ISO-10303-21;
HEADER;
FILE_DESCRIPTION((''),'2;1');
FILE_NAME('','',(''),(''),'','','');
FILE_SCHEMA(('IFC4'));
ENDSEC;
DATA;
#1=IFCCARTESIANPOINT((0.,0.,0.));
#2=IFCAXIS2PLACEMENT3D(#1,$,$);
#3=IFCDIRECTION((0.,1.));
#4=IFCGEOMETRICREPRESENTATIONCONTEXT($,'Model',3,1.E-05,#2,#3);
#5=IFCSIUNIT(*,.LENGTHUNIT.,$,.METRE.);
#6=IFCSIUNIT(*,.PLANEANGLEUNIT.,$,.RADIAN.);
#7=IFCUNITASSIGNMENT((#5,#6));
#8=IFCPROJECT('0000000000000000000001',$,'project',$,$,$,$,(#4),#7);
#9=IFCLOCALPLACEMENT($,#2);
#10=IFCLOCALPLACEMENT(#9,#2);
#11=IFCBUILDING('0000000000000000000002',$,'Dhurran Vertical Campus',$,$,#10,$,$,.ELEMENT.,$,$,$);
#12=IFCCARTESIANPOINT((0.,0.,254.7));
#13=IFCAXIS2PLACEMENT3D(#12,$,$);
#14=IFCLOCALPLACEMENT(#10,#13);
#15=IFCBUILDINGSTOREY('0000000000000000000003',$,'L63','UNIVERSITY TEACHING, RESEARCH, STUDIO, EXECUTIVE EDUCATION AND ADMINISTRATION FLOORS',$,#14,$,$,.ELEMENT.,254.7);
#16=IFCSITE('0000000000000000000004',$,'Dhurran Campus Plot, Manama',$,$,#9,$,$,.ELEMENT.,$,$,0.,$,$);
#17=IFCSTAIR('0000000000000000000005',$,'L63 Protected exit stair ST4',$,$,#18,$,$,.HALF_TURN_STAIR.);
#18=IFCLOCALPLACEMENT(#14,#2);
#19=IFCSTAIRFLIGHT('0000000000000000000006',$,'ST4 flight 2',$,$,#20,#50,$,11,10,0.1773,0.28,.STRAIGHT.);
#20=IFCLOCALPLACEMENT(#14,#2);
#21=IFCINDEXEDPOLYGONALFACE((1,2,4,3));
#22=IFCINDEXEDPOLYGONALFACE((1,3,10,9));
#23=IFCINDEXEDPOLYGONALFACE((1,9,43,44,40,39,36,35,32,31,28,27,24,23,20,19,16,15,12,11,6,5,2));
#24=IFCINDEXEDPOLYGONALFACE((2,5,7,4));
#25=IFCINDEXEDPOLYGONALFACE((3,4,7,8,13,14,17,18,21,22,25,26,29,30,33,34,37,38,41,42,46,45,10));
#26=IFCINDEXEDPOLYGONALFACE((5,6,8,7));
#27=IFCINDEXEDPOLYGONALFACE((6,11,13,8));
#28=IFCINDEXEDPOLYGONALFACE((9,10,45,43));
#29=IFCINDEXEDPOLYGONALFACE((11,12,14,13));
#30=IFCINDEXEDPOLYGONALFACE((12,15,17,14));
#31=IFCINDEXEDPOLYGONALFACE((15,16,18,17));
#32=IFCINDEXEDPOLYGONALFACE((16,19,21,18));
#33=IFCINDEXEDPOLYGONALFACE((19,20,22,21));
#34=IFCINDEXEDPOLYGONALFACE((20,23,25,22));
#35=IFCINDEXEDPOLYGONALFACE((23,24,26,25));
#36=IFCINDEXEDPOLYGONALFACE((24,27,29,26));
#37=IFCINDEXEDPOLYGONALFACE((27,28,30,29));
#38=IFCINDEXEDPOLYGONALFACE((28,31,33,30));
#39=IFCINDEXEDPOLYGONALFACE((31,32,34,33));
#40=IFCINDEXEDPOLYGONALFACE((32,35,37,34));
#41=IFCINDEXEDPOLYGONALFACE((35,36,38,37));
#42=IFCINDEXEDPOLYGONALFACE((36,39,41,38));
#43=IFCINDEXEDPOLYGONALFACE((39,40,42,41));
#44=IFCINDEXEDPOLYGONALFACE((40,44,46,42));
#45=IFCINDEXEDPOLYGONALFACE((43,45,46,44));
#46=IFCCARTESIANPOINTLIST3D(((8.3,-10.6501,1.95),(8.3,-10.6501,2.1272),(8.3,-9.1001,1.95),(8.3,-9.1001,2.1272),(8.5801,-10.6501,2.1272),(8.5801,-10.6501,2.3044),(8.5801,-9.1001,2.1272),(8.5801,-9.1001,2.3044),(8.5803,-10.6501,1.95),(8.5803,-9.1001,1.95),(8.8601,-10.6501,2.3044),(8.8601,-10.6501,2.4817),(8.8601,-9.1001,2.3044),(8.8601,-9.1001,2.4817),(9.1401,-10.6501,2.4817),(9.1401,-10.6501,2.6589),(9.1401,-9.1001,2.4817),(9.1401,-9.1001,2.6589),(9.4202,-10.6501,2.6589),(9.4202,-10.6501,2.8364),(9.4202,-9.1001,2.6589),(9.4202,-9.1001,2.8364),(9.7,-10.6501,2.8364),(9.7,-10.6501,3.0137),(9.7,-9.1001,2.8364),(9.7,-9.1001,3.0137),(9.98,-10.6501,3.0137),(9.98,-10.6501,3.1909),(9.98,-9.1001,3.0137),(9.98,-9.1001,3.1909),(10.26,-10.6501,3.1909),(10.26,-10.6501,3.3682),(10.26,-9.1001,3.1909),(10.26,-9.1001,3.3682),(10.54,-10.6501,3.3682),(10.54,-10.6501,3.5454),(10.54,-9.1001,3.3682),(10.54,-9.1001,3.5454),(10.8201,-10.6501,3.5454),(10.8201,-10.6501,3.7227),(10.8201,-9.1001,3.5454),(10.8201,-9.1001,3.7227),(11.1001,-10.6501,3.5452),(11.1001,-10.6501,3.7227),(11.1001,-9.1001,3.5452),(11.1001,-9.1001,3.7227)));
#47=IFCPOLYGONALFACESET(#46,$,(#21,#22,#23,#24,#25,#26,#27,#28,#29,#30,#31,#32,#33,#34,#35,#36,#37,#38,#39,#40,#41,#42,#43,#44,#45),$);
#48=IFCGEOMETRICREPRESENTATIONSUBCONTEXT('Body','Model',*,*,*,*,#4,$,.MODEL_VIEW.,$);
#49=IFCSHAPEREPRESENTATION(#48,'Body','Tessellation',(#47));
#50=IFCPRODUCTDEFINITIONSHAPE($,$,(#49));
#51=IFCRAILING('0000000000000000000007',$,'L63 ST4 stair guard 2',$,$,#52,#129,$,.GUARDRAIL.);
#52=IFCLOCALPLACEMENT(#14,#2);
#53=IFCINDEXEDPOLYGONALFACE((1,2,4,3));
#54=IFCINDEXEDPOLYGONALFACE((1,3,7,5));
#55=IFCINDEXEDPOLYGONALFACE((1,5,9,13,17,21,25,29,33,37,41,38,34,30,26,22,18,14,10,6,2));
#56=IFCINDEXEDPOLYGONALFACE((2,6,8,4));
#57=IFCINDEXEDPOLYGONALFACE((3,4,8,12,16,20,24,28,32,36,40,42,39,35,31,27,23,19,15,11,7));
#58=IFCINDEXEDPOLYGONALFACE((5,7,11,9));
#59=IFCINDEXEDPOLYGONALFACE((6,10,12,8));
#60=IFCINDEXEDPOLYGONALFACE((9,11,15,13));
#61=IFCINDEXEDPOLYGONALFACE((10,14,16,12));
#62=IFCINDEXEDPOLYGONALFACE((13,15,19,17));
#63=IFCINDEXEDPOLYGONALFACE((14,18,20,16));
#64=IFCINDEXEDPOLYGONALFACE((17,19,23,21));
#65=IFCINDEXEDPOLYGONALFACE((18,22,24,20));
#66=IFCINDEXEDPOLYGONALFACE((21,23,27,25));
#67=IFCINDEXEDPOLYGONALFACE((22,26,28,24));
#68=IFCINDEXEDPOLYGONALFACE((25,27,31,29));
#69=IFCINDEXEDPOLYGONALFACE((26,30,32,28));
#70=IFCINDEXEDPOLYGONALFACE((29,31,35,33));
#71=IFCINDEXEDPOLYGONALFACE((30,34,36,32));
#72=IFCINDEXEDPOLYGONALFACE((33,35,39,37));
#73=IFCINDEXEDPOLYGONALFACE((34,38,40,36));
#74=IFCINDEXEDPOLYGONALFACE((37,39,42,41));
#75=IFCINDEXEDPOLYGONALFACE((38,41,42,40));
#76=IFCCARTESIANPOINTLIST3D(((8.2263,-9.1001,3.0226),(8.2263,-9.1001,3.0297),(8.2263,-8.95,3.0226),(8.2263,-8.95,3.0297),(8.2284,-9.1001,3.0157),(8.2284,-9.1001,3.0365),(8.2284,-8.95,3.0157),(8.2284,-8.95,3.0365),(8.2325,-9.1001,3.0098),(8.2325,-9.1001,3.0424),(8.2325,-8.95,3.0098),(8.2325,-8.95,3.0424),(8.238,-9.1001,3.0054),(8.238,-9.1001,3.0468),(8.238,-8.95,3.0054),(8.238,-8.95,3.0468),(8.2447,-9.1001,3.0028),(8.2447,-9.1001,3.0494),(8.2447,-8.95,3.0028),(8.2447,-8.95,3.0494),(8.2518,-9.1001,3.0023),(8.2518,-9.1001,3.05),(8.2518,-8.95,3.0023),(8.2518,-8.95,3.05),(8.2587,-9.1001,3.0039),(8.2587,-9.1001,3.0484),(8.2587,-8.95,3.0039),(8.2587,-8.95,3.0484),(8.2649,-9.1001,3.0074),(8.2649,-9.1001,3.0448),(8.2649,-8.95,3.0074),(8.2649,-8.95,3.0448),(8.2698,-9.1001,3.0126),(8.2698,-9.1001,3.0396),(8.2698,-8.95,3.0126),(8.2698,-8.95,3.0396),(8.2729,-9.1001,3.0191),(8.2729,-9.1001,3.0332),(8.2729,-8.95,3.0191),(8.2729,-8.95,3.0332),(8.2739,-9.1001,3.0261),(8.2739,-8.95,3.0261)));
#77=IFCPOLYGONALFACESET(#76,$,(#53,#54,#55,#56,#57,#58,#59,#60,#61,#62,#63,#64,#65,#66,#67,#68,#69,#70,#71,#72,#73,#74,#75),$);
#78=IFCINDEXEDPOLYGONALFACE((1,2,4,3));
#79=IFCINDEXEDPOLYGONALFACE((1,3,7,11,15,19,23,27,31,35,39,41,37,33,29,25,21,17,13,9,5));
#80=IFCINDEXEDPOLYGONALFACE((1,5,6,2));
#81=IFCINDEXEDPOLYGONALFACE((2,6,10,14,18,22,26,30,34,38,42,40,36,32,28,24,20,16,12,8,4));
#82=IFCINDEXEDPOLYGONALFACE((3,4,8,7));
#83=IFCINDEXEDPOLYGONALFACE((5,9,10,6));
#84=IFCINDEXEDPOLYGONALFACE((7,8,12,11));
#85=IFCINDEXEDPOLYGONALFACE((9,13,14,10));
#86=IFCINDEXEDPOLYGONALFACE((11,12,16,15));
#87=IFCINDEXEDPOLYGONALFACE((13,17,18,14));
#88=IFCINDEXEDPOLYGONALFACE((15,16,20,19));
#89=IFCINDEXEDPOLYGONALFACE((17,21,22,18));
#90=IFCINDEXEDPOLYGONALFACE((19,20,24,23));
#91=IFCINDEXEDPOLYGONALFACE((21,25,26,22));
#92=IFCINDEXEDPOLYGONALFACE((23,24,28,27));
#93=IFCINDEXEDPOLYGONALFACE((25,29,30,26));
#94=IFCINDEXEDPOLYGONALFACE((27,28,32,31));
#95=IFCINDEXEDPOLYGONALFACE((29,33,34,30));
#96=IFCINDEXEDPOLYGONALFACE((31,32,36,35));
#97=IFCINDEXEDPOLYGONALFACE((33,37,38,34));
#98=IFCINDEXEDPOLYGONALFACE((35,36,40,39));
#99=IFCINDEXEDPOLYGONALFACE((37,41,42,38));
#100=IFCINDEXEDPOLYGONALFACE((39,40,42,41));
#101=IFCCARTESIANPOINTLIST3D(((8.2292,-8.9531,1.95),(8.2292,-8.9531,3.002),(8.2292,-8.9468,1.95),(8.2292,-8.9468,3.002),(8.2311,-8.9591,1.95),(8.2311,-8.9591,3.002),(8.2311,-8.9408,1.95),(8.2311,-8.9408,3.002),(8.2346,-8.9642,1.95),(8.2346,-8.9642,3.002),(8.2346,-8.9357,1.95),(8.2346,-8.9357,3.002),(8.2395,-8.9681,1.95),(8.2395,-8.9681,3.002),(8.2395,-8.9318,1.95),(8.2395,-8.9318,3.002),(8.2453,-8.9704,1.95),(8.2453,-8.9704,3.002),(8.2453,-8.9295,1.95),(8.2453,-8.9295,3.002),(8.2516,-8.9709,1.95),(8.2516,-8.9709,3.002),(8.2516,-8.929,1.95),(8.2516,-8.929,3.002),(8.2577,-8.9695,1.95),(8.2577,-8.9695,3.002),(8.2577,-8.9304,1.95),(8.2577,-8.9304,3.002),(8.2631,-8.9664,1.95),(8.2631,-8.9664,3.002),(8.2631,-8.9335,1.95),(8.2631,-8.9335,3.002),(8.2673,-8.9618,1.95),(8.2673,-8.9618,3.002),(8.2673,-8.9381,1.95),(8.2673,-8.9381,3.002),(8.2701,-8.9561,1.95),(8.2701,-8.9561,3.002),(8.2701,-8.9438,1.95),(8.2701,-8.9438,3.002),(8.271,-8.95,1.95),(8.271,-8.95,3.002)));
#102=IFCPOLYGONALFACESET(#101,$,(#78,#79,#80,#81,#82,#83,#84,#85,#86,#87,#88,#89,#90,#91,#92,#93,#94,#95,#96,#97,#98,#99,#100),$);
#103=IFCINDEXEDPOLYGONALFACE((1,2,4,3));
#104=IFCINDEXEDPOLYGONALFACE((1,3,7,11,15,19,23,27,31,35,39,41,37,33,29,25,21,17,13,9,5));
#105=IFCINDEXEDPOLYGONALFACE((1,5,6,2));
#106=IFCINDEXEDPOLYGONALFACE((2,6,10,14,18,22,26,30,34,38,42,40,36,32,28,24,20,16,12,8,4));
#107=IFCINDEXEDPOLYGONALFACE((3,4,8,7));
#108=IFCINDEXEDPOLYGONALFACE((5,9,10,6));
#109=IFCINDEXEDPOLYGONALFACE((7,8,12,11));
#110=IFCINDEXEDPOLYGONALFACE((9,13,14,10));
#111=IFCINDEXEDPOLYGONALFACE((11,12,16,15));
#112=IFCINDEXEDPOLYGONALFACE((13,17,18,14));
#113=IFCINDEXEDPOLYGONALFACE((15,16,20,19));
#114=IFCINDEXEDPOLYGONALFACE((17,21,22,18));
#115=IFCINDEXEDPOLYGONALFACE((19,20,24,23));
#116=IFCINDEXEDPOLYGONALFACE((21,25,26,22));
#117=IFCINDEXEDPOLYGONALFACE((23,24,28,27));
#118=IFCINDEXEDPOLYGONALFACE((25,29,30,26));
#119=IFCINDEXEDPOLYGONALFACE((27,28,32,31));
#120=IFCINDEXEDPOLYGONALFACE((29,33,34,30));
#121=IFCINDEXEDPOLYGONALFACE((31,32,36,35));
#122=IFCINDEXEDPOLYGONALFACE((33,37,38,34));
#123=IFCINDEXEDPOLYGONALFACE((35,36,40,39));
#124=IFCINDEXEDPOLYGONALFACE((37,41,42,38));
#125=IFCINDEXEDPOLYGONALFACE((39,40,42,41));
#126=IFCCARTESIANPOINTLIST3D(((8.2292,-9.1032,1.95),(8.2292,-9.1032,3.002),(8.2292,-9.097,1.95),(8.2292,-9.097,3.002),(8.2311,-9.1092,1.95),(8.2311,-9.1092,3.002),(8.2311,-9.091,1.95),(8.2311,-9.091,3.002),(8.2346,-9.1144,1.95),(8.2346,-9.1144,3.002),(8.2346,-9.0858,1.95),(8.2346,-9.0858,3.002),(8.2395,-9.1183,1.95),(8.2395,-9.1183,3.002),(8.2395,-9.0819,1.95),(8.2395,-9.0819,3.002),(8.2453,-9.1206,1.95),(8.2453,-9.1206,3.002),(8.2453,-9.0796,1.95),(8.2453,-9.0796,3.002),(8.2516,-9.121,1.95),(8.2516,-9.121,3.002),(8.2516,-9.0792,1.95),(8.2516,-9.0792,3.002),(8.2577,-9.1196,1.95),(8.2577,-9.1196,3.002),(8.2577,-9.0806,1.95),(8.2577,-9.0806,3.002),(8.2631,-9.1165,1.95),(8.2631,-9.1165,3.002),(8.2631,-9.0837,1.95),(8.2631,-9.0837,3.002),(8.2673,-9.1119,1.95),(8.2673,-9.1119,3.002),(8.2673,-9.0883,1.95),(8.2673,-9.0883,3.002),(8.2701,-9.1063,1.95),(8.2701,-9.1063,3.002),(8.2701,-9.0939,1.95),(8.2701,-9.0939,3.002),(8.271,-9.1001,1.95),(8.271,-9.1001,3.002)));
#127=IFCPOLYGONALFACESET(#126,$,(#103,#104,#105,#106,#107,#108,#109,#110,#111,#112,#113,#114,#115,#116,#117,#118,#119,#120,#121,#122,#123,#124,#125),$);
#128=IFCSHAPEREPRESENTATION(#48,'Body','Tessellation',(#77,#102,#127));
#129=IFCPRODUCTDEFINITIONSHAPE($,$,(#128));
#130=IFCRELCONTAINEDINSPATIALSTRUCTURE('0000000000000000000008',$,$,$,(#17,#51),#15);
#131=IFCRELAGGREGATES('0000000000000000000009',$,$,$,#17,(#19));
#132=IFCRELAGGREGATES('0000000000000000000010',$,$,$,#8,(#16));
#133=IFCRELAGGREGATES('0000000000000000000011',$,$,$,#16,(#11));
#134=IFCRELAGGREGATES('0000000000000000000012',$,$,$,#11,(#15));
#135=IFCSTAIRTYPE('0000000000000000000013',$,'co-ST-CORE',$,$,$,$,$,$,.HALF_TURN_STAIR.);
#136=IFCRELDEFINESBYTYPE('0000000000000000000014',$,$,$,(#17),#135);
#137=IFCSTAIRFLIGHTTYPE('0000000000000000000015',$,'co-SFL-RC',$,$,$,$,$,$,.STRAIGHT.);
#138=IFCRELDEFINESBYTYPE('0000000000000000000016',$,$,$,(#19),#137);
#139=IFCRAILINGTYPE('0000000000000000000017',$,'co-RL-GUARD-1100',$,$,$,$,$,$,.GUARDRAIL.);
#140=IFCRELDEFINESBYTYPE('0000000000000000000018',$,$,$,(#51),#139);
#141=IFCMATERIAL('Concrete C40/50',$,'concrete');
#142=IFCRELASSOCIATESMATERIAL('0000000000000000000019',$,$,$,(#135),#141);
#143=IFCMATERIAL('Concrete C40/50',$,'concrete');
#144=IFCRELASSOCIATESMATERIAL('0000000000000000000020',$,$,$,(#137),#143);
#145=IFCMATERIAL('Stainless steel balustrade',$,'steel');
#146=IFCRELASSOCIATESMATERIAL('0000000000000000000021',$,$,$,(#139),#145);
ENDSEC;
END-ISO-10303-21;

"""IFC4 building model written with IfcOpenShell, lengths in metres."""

from ifc_helpers import new_model, si_unit, direction, frame, origin, origin_2d, place, context, subcontext, project, spatial, polyline, circle, outline, extrude, material, type_object, element, aggregate, save


model = new_model("IFC4")

# Units and contexts
model_context = context("Model", 3, precision=1e-05, world=origin(), true_north=direction((0.0, 1.0)))
body_context = subcontext(model_context, "Body", "Model", "MODEL_VIEW")
ifc_project = project(units=[si_unit("LENGTHUNIT", "METRE"), si_unit("PLANEANGLEUNIT", "RADIAN")], contexts=[model_context])

# Site, building, storey
site_placement = place(None, origin())
site = spatial("IfcSite", under=ifc_project, at=site_placement, Name="Dhurran Campus Plot, Manama", CompositionType="ELEMENT", RefElevation=0.0)
building_placement = place(site_placement, origin())
building = spatial("IfcBuilding", under=site, at=building_placement, Name="Dhurran Vertical Campus", CompositionType="ELEMENT")
storey_placement = place(building_placement, frame((0.0, 0.0, 254.7)))
storey = spatial("IfcBuildingStorey", under=building, at=storey_placement, Name="L63", Description="UNIVERSITY TEACHING, RESEARCH, STUDIO, EXECUTIVE EDUCATION AND ADMINISTRATION FLOORS", CompositionType="ELEMENT", Elevation=254.7)

# Stair, stair flight
ifc_material_1 = material(Name="Concrete C40/50", Category="concrete")
stair_type = type_object("IfcStairType", Name="co-ST-CORE", PredefinedType="HALF_TURN_STAIR", material=ifc_material_1)
stair_placement = place(storey_placement, origin())
stair = element("IfcStair", 1, at=stair_placement, inside=storey, type_object=stair_type, Name="L63 Protected exit stair ST4", PredefinedType="HALF_TURN_STAIR")
ifc_material_2 = material(Name="Concrete C40/50", Category="concrete")
stair_flight_type = type_object("IfcStairFlightType", Name="co-SFL-RC", PredefinedType="STRAIGHT", material=ifc_material_2)
stair_flight_placement = place(storey_placement, frame((8.3, -9.875, 1.95), z_axis=(0.0, 0.0, 1.0), x_axis=(1.0, 0.0, 0.0)))
stair_flight = element("IfcStairFlight", 2, at=stair_flight_placement, type_object=stair_flight_type, Name="ST4 flight 2", NumberOfRisers=11, NumberOfTreads=10, PredefinedType="STRAIGHT", RiserHeight=0.1773, TreadLength=0.28, context=body_context, shape_type="SweptSolid", body=[
    extrude(outline(polyline([(0.0, 0.0), (0.0, 0.1772), (0.28, 0.1772), (0.28, 0.3545), (0.5601, 0.3545), (0.5601, 0.5317), (0.8401, 0.5317), (0.8401, 0.709), (1.1201, 0.709), (1.1201, 0.8865), (1.3999, 0.8865), (1.3999, 1.0637), (1.6799, 1.0637), (1.6799, 1.241), (1.96, 1.241), (1.96, 1.4182), (2.24, 1.4182), (2.24, 1.5955), (2.52, 1.5955), (2.52, 1.7727), (2.8, 1.7727), (2.8, 1.95), (2.8, 1.5952), (0.2803, 0.0), (0.0, 0.0)])), frame((0.0, 0.7749, 0.0), z_axis=(0.0, -1.0, 0.0), x_axis=(1.0, 0.0, 0.0)), (0.0, 0.0, 1.0), 1.55),
])
aggregate(stair, [stair_flight])

# Railing
ifc_material_3 = material(Name="Stainless steel balustrade", Category="steel")
railing_type_1 = type_object("IfcRailingType", Name="co-RL-GUARD-1100", PredefinedType="GUARDRAIL", material=ifc_material_3)
railing_1_placement = place(storey_placement, frame((8.25, -8.95, 1.95)))
element("IfcRailing", 3, at=railing_1_placement, inside=storey, type_object=railing_type_1, Name="L63 ST4 stair guard 2", PredefinedType="GUARDRAIL", context=body_context, shape_type="SweptSolid", body=[
    extrude(circle(Radius=0.0239, at=origin_2d()), frame((0.0, 0.0, 1.0762), z_axis=(0.0, -1.0, 0.0), x_axis=(1.0, 0.0, 0.0)), (0.0, 0.0, 1.0), 0.1501),
    extrude(circle(Radius=0.021, at=origin_2d()), origin(), (0.0, 0.0, 1.0), 1.052),
    extrude(circle(Radius=0.021, at=origin_2d()), frame((0.0, -0.1501, 0.0)), (0.0, 0.0, 1.0), 1.052),
])

save(model, "model.ifc")
